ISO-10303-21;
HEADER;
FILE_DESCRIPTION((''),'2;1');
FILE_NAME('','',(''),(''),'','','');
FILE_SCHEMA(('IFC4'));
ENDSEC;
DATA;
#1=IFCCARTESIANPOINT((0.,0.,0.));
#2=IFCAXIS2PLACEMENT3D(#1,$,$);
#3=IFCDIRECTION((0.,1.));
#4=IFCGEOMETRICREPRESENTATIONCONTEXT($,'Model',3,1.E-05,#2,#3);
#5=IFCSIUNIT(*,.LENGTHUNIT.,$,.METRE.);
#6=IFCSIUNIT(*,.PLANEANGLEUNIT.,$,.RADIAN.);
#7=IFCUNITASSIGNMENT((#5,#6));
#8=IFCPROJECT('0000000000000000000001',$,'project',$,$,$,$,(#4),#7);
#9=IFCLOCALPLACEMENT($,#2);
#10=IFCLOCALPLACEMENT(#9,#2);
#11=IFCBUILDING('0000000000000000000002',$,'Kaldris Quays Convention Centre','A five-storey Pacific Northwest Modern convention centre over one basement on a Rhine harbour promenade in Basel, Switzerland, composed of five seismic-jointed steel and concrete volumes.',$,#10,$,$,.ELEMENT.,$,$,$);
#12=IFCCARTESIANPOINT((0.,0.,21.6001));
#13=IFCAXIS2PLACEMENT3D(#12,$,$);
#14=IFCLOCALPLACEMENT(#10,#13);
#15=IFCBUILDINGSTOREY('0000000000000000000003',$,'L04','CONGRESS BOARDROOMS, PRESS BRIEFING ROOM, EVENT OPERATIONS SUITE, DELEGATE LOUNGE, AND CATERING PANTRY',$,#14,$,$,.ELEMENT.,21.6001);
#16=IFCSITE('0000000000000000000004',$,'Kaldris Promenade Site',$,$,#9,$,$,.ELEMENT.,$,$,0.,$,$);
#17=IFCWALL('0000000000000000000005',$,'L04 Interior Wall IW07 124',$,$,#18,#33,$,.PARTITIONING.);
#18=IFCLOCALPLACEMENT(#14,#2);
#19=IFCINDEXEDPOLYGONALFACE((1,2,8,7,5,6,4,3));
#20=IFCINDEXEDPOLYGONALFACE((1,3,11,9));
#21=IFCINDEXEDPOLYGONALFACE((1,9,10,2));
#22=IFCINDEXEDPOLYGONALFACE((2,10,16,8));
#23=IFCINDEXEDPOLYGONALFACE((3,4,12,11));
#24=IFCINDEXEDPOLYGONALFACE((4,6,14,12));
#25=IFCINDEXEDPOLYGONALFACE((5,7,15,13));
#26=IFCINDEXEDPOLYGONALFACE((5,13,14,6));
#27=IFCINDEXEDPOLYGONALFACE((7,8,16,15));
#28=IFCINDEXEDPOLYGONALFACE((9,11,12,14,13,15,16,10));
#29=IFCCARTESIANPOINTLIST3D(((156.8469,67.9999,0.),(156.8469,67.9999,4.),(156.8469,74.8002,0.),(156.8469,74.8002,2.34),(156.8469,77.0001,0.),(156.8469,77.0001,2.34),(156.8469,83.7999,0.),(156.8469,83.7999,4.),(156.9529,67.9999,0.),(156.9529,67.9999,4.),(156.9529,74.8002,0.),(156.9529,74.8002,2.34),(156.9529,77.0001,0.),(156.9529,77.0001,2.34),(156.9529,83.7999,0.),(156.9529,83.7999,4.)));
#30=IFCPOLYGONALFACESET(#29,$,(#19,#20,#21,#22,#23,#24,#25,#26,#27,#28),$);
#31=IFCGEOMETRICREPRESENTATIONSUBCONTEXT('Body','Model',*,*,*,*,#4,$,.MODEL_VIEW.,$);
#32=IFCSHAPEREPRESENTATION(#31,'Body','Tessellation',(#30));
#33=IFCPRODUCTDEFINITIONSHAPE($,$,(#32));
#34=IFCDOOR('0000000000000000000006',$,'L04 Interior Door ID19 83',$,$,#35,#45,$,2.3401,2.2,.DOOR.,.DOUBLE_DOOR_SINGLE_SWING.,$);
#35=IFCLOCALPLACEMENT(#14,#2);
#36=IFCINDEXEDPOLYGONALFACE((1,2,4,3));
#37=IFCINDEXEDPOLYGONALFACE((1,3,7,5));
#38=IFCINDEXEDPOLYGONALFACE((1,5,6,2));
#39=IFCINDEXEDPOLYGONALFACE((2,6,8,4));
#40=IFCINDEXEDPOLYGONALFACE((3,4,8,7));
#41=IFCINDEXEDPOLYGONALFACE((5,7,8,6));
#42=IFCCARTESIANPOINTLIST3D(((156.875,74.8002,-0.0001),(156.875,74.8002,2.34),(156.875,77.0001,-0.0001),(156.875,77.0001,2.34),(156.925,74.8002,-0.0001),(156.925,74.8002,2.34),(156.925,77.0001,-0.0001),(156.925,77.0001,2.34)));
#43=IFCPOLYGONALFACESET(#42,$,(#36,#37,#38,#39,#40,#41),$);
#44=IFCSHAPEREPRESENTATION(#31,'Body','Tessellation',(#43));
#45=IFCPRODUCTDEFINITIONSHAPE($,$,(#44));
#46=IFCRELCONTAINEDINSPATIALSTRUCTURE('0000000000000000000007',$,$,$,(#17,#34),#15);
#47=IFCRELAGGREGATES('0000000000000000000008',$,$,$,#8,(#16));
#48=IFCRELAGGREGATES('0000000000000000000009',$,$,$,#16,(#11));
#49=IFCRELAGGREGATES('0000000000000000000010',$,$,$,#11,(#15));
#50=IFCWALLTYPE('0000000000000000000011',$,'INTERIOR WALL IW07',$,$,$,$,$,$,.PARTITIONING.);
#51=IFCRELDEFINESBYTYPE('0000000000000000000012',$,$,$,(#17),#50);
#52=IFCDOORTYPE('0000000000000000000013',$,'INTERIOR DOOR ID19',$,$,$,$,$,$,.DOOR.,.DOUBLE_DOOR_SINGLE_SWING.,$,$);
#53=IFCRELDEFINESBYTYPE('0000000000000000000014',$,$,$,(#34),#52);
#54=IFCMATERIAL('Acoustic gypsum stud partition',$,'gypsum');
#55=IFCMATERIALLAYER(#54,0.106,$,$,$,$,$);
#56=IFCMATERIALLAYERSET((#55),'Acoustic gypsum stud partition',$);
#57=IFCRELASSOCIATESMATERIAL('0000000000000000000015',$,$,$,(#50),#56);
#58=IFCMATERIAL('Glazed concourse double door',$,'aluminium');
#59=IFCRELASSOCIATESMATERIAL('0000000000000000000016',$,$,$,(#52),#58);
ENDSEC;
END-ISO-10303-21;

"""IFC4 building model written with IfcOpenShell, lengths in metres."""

from ifc_helpers import new_model, si_unit, direction, frame, frame_2d, origin, place, context, subcontext, project, spatial, rectangle, extrude, material, layer, layer_set, type_object, element, fill, save


model = new_model("IFC4")

# Units and contexts
model_context = context("Model", 3, precision=1e-05, world=origin(), true_north=direction((0.0, 1.0)))
body_context = subcontext(model_context, "Body", "Model", "MODEL_VIEW")
ifc_project = project(units=[si_unit("LENGTHUNIT", "METRE"), si_unit("PLANEANGLEUNIT", "RADIAN")], contexts=[model_context])

# Site, building, storey
site_placement = place(None, origin())
site = spatial("IfcSite", under=ifc_project, at=site_placement, Name="Kaldris Promenade Site", CompositionType="ELEMENT", RefElevation=0.0)
building_placement = place(site_placement, origin())
building = spatial("IfcBuilding", under=site, at=building_placement, Name="Kaldris Quays Convention Centre", Description="A five-storey Pacific Northwest Modern convention centre over one basement on a Rhine harbour promenade in Basel, Switzerland, composed of five seismic-jointed steel and concrete volumes.", CompositionType="ELEMENT")
storey_placement = place(building_placement, frame((0.0, 0.0, 21.6001)))
storey = spatial("IfcBuildingStorey", under=building, at=storey_placement, Name="L04", Description="CONGRESS BOARDROOMS, PRESS BRIEFING ROOM, EVENT OPERATIONS SUITE, DELEGATE LOUNGE, AND CATERING PANTRY", CompositionType="ELEMENT", Elevation=21.6001)

# Shared definitions
ifc_material_1 = material(Name="Acoustic gypsum stud partition", Category="gypsum")

# Wall, opening, door
ifc_layer_1 = layer(ifc_material_1, 0.106)
ifc_layer_set_1 = layer_set([ifc_layer_1], Name="Acoustic gypsum stud partition")
wall_type_1 = type_object("IfcWallType", Name="INTERIOR WALL IW07", PredefinedType="PARTITIONING", material=ifc_layer_set_1)
wall_1_placement = place(storey_placement, frame((156.8999, 68.0, 0.0), z_axis=(0.0, 0.0, 1.0), x_axis=(0.0, 1.0, 0.0)))
wall_1 = element("IfcWall", 1, at=wall_1_placement, inside=storey, type_object=wall_type_1, Name="L04 Interior Wall IW07 124", PredefinedType="PARTITIONING", context=body_context, shape_type="SweptSolid", body=[
    extrude(rectangle(XDim=15.8, YDim=0.106, at=frame_2d((7.8999, 0.0))), origin(), (0.0, 0.0, 1.0), 4.0),
])
opening_1_placement = place(wall_1_placement, frame((6.8, 0.0, 0.0)))
opening_1 = element("IfcOpeningElement", 2, at=opening_1_placement, cuts=wall_1, PredefinedType="OPENING", context=body_context, shape_type="SweptSolid", body=[
    extrude(rectangle(XDim=2.2, YDim=2.3401, at=frame_2d((1.1001, 1.1699))), frame((0.0, 0.063, 0.0), z_axis=(0.0, -1.0, 0.0), x_axis=(1.0, 0.0, 0.0)), (0.0, 0.0, 1.0), 0.126),
])
ifc_material_2 = material(Name="Glazed concourse double door", Category="aluminium")
door_type_1 = type_object("IfcDoorType", Name="INTERIOR DOOR ID19", OperationType="DOUBLE_DOOR_SINGLE_SWING", PredefinedType="DOOR", material=ifc_material_2)
door_1_placement = place(opening_1_placement, origin())
door_1 = element("IfcDoor", 3, at=door_1_placement, inside=storey, type_object=door_type_1, Name="L04 Interior Door ID19 83", OperationType="DOUBLE_DOOR_SINGLE_SWING", OverallHeight=2.3401, OverallWidth=2.2, PredefinedType="DOOR", context=body_context, shape_type="SweptSolid", body=[
    extrude(rectangle(XDim=2.2, YDim=2.3401, at=frame_2d((1.1001, 1.1699))), frame((0.0, 0.0249, 0.0), z_axis=(0.0, -1.0, 0.0), x_axis=(1.0, 0.0, 0.0)), (0.0, 0.0, 1.0), 0.05),
])
fill(opening_1, door_1)

save(model, "model.ifc")
